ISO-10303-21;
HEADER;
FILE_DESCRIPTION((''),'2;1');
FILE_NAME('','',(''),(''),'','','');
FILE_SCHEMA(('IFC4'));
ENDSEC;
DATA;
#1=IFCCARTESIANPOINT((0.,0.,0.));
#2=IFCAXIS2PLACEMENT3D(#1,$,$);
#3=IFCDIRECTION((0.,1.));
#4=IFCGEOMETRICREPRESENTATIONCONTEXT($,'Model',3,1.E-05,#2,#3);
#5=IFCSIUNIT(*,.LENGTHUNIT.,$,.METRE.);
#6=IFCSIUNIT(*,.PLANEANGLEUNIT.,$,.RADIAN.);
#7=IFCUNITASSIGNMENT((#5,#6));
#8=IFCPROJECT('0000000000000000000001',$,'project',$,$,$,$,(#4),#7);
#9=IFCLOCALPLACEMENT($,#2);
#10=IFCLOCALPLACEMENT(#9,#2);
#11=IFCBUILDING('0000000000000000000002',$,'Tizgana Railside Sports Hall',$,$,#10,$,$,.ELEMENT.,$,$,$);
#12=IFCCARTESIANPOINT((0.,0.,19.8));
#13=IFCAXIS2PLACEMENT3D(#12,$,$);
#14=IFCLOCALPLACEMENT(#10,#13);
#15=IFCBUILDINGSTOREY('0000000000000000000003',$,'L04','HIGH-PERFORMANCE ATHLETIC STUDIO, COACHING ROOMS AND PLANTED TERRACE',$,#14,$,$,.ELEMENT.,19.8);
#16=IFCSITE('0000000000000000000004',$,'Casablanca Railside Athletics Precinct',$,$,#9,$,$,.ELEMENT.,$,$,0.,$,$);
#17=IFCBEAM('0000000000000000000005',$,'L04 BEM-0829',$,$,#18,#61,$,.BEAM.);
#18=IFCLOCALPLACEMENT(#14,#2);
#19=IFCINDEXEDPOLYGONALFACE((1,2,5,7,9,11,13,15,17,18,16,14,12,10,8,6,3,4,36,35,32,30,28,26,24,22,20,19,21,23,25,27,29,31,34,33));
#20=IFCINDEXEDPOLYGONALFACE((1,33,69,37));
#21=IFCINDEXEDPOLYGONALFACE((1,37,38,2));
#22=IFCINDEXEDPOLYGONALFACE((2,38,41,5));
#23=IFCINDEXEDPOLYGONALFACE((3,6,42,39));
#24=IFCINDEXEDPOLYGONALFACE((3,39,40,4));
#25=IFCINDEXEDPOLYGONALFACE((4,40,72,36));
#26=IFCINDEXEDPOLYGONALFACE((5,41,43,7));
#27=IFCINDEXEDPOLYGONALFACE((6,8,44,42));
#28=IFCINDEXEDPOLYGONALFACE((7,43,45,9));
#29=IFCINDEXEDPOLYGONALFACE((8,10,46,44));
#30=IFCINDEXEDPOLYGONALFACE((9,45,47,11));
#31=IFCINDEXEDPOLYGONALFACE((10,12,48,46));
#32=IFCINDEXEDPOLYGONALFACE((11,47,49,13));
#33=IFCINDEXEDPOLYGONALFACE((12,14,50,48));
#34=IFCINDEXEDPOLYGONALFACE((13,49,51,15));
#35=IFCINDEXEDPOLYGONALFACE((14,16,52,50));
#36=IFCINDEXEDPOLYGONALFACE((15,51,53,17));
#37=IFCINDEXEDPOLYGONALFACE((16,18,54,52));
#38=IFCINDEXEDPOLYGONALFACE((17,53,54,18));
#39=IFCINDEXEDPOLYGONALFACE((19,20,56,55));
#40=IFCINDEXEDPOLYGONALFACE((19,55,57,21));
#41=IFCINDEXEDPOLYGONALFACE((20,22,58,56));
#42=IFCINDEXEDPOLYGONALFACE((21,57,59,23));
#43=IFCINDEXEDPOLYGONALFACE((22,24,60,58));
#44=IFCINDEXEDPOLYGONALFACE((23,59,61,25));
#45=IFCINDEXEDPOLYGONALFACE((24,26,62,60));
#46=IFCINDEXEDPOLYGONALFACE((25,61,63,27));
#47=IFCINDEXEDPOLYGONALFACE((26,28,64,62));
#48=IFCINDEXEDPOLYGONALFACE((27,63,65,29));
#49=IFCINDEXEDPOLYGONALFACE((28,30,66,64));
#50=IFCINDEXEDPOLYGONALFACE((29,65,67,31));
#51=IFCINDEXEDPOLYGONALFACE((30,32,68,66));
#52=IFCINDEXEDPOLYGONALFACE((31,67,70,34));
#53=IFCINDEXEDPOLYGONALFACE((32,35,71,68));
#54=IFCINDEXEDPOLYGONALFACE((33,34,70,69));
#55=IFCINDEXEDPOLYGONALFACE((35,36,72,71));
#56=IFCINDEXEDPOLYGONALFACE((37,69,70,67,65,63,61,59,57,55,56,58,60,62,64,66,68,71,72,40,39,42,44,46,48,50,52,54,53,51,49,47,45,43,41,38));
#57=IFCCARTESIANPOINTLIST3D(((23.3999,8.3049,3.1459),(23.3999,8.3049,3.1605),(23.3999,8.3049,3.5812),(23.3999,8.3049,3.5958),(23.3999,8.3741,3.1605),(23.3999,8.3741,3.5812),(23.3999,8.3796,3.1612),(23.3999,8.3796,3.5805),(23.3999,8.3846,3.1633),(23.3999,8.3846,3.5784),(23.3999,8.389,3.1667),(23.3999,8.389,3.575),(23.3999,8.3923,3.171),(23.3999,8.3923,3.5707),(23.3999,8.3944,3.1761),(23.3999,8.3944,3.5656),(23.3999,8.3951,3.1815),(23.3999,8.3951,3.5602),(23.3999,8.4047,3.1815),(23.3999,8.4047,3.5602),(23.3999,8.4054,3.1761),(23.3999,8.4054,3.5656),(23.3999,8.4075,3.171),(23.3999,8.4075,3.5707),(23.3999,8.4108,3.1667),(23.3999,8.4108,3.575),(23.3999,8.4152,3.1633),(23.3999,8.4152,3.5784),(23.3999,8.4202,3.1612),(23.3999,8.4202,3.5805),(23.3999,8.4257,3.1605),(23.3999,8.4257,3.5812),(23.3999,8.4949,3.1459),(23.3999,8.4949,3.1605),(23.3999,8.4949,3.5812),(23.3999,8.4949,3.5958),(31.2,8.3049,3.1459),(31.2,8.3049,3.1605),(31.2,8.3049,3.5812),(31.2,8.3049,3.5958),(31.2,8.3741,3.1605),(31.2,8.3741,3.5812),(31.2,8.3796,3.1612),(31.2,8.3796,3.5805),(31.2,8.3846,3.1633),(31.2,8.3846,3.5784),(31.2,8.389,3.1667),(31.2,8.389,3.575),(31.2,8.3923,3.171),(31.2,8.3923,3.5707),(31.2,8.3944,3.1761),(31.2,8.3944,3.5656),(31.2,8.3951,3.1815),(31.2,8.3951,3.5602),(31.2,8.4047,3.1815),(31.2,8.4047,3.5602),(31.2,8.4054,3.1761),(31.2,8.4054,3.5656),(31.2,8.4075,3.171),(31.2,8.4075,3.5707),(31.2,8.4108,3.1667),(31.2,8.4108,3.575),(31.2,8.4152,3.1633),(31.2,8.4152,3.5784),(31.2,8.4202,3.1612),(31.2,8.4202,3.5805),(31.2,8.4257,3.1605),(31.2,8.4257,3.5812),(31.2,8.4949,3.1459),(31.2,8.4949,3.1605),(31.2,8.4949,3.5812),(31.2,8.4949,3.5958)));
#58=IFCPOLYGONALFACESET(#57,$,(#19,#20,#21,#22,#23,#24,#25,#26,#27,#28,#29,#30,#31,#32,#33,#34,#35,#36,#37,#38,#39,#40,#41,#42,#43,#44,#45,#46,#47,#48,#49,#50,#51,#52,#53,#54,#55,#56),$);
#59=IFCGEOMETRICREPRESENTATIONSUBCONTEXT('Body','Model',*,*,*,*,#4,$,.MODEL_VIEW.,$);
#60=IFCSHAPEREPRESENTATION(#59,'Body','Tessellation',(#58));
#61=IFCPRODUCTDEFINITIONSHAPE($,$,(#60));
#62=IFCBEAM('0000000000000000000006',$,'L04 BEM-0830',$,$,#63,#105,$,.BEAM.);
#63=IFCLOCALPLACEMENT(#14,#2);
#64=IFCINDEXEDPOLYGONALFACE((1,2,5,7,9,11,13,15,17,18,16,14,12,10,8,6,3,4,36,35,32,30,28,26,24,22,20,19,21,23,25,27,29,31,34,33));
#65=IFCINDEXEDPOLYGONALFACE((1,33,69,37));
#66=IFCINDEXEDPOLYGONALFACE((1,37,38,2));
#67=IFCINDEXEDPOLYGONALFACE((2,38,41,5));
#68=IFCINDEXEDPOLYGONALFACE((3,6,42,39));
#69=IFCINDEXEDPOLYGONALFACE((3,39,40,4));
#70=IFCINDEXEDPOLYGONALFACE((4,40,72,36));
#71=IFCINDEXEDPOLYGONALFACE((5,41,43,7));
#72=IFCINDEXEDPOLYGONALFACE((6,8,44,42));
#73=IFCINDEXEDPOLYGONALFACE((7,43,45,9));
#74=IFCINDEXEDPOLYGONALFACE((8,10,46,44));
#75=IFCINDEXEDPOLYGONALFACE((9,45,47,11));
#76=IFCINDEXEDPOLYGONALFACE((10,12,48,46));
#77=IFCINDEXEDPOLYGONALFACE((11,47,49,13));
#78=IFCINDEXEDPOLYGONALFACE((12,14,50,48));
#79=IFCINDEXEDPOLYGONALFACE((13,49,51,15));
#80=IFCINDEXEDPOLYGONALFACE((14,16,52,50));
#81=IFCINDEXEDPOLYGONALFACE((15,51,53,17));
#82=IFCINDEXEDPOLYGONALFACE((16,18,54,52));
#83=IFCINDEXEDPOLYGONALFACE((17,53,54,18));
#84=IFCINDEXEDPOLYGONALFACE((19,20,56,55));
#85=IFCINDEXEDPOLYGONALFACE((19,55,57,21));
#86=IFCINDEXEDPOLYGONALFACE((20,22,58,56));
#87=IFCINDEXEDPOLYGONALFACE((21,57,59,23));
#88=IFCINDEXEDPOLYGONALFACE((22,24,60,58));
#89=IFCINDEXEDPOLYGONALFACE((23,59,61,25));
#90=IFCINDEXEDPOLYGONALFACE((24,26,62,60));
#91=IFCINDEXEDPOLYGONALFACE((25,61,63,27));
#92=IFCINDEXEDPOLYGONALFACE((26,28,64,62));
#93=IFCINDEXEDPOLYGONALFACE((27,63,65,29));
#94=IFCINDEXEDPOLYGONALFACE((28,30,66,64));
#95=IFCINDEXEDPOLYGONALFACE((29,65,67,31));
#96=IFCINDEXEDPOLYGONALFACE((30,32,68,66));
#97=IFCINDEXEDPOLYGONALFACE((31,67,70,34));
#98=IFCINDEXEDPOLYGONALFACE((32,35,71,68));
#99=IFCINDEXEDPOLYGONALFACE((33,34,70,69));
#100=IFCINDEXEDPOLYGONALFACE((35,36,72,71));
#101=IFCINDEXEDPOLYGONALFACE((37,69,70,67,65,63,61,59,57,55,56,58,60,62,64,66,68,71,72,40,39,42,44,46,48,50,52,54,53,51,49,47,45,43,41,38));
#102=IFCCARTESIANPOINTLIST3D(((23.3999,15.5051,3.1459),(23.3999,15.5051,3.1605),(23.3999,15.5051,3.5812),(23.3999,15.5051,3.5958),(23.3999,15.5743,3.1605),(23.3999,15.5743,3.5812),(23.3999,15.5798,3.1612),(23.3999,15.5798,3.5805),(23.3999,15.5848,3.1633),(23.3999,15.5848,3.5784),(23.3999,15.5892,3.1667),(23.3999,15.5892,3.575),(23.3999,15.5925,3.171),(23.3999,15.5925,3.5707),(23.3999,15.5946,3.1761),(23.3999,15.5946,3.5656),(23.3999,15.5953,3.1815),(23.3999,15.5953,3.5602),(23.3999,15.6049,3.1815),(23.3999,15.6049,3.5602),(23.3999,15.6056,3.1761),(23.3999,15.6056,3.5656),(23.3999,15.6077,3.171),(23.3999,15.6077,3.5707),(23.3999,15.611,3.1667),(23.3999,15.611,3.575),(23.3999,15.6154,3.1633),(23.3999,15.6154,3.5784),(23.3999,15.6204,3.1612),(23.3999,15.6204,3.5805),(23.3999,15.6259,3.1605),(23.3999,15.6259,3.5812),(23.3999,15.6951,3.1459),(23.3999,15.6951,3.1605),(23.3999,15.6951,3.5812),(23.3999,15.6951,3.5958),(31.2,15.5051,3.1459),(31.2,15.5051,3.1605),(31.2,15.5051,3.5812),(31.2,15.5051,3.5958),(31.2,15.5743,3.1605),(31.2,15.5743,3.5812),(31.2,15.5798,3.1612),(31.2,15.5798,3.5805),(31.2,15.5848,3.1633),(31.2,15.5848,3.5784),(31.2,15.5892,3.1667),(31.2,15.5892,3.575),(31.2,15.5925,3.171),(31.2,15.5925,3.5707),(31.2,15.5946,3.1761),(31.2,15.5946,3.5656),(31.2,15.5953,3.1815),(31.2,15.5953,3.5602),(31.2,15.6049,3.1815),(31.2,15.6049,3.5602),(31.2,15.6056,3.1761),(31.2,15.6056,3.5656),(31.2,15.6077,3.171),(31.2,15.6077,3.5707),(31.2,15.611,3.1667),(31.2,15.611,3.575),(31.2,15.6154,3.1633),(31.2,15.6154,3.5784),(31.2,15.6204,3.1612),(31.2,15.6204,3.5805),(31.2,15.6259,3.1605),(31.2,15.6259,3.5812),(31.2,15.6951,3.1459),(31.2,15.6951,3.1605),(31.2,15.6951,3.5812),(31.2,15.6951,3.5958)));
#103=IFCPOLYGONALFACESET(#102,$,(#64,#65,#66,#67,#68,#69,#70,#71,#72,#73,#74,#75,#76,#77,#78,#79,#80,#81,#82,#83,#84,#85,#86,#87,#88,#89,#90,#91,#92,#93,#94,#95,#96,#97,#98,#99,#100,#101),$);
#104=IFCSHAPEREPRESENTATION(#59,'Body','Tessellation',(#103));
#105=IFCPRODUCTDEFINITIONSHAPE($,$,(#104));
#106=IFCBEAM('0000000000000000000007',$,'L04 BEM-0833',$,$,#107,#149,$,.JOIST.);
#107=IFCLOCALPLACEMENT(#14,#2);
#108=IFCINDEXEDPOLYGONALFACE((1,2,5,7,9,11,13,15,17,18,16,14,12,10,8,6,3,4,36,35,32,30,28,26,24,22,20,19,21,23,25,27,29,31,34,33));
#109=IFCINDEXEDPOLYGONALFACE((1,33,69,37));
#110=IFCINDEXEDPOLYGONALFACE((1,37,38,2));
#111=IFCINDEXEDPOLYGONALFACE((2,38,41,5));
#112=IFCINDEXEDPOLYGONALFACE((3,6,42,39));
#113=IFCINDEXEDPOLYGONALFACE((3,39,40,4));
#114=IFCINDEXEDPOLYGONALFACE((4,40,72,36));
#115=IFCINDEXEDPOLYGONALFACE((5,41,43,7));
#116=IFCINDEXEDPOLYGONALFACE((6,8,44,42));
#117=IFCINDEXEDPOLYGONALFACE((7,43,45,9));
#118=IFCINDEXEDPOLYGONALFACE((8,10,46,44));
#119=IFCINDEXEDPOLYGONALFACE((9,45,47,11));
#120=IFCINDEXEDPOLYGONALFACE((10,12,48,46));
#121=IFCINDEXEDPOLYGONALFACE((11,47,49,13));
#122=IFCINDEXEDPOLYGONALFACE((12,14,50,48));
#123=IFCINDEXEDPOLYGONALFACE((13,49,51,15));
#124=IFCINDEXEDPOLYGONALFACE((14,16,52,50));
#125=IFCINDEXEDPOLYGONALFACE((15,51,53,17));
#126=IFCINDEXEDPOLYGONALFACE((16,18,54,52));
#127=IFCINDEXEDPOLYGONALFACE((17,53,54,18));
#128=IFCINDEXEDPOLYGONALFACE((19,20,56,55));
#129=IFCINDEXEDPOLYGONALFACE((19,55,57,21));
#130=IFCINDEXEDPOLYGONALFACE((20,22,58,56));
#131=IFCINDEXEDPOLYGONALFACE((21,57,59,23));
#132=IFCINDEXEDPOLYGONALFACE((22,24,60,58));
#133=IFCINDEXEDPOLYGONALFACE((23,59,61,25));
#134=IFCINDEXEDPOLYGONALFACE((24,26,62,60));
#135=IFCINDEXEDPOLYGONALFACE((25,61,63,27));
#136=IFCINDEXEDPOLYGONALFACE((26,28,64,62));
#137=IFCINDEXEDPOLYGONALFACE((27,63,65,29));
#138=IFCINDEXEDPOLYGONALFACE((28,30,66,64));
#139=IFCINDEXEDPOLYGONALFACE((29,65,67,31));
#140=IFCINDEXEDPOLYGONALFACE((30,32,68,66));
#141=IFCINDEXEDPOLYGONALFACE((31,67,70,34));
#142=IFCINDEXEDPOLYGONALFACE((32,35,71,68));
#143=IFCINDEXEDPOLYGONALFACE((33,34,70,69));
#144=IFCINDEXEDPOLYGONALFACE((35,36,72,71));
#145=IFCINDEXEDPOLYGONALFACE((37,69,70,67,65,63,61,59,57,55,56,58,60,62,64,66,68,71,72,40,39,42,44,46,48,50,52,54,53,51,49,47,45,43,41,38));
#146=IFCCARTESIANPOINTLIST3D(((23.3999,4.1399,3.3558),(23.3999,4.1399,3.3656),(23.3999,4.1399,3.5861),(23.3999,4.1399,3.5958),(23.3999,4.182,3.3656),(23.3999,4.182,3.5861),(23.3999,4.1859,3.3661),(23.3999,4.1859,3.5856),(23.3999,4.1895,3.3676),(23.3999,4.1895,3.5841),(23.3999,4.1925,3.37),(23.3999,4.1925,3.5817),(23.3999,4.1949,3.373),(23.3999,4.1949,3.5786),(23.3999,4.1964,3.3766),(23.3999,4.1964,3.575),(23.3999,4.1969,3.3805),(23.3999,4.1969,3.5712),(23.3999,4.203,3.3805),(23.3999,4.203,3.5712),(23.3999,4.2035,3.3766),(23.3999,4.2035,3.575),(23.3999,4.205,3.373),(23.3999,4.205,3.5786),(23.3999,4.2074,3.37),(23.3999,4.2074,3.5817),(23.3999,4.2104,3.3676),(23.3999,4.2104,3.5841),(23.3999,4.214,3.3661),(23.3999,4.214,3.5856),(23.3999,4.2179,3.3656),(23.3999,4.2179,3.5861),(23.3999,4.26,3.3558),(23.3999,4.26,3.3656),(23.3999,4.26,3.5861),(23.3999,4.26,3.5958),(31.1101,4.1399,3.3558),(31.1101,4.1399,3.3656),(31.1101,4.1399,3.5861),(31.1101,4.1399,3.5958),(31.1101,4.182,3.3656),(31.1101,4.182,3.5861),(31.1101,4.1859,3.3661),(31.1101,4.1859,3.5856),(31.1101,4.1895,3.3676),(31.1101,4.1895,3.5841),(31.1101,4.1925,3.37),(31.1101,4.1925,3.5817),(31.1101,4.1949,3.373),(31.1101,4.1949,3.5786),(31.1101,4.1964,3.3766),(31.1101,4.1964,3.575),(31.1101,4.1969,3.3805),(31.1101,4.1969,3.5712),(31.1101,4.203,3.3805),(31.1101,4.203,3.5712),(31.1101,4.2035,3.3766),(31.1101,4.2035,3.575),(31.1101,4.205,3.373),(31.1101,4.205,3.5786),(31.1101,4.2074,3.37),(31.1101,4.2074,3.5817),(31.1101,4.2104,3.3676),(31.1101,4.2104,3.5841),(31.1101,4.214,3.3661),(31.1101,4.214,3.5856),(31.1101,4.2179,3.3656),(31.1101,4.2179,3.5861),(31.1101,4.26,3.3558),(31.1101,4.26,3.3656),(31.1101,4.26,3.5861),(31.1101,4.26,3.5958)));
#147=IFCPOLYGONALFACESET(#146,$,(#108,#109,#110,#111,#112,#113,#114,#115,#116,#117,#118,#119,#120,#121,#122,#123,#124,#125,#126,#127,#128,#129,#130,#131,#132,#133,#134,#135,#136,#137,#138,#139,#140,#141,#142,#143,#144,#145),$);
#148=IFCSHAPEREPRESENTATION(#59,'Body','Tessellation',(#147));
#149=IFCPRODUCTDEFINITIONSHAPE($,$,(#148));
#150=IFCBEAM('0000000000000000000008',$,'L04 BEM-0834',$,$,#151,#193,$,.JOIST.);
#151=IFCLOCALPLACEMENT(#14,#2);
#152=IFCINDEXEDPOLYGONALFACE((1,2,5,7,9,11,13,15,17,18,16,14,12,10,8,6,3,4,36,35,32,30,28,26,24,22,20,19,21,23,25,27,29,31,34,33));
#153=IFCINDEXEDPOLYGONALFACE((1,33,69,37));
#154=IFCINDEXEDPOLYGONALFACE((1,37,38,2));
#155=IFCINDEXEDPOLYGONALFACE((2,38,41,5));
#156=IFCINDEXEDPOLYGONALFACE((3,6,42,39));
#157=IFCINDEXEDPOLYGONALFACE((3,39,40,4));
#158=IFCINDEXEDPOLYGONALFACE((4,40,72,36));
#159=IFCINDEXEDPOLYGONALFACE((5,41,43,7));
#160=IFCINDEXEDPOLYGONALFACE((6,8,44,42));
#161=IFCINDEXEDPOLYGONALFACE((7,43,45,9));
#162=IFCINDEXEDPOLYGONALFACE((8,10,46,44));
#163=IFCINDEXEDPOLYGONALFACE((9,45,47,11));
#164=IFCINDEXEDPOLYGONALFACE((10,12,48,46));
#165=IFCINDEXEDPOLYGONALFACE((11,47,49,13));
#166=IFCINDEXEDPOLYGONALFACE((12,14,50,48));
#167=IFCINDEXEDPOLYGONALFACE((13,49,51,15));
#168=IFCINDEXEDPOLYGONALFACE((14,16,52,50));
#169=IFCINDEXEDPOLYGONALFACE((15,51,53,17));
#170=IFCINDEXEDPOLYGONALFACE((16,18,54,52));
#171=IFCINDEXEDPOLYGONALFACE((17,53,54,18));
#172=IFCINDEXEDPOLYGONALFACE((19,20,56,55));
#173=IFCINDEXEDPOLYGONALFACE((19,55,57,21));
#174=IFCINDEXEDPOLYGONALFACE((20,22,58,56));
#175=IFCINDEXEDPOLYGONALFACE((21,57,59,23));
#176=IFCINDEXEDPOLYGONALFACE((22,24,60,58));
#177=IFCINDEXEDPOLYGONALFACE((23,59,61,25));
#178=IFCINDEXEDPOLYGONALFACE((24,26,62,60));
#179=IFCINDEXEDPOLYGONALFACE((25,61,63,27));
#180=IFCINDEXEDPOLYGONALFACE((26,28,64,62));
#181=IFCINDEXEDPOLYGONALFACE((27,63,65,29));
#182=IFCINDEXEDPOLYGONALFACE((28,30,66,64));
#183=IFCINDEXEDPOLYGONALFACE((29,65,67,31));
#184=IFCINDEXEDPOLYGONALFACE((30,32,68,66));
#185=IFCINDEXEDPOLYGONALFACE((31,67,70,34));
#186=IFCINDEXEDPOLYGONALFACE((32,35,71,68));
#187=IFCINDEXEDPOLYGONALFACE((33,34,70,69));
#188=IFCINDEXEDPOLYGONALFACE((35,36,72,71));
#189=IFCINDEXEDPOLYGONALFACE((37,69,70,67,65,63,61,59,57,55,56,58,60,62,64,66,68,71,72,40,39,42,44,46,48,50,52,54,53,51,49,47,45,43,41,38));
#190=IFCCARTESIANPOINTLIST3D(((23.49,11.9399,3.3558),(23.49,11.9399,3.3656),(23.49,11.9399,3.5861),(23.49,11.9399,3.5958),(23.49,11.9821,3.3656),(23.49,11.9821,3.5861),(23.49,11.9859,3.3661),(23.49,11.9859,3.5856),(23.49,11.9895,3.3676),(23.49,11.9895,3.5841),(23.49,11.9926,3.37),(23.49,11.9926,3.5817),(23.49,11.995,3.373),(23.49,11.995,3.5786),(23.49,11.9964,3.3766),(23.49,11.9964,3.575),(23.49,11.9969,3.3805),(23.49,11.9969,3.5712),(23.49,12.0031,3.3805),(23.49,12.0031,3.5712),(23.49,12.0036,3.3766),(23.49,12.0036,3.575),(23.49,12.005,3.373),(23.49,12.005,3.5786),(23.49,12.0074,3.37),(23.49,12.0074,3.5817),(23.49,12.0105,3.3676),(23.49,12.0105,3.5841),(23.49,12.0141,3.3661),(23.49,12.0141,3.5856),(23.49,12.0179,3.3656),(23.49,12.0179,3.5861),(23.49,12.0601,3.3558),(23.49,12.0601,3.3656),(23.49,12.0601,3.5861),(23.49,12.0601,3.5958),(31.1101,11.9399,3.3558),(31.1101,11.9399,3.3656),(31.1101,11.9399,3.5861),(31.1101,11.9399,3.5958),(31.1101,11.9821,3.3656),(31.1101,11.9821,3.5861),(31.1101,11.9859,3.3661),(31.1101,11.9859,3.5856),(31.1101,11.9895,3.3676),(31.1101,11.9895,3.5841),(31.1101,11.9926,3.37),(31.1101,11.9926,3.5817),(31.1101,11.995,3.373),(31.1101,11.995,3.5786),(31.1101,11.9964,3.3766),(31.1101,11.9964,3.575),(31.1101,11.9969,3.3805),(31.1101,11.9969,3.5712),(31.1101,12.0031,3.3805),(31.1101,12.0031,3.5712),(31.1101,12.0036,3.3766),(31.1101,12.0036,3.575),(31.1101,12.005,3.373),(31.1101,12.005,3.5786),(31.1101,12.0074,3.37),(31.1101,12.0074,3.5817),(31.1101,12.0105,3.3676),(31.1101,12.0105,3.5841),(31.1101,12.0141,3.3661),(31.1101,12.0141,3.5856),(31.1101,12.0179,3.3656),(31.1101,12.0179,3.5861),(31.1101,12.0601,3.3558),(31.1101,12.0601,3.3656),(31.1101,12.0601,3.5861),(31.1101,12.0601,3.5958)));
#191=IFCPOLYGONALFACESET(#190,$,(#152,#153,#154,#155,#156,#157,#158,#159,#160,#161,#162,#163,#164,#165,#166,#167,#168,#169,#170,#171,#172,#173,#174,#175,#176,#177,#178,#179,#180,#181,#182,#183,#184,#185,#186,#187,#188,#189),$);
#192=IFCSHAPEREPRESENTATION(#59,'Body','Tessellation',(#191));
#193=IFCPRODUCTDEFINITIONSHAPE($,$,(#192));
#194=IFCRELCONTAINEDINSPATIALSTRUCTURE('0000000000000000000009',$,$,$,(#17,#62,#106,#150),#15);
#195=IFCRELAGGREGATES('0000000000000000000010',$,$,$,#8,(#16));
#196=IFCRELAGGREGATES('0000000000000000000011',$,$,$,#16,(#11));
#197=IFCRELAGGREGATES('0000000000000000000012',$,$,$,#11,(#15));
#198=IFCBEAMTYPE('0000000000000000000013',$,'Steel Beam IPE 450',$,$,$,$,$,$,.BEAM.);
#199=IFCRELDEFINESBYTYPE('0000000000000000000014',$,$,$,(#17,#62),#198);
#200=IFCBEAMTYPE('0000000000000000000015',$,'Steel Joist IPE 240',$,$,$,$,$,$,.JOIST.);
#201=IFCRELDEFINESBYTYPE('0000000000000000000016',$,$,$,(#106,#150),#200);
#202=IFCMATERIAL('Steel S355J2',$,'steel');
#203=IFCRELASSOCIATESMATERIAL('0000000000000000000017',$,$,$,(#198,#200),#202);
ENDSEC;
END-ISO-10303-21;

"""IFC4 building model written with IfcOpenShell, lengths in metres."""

from ifc_helpers import new_model, si_unit, direction, frame, origin, origin_2d, place, context, subcontext, project, spatial, i_section, extrude, material, material_profile, profile_set, type_object, element, save


model = new_model("IFC4")

# Units and contexts
model_context = context("Model", 3, precision=1e-05, world=origin(), true_north=direction((0.0, 1.0)))
body_context = subcontext(model_context, "Body", "Model", "MODEL_VIEW")
ifc_project = project(units=[si_unit("LENGTHUNIT", "METRE"), si_unit("PLANEANGLEUNIT", "RADIAN")], contexts=[model_context])

# Site, building, storey
site_placement = place(None, origin())
site = spatial("IfcSite", under=ifc_project, at=site_placement, Name="Casablanca Railside Athletics Precinct", CompositionType="ELEMENT", RefElevation=0.0)
building_placement = place(site_placement, origin())
building = spatial("IfcBuilding", under=site, at=building_placement, Name="Tizgana Railside Sports Hall", CompositionType="ELEMENT")
storey_placement = place(building_placement, frame((0.0, 0.0, 19.8)))
storey = spatial("IfcBuildingStorey", under=building, at=storey_placement, Name="L04", Description="HIGH-PERFORMANCE ATHLETIC STUDIO, COACHING ROOMS AND PLANTED TERRACE", CompositionType="ELEMENT", Elevation=19.8)

# Beams
ifc_material_1 = material(Name="Steel S355J2", Category="steel")
ifc_material_profile_1 = material_profile(ifc_material_1, i_section(OverallWidth=0.1899, OverallDepth=0.45, WebThickness=0.0095, FlangeThickness=0.0146, FilletRadius=0.021, at=origin_2d()), Name="IPE 450")
ifc_profile_set_1 = profile_set([ifc_material_profile_1], Name="Steel S355J2")
beam_type_1 = type_object("IfcBeamType", Name="Steel Beam IPE 450", PredefinedType="BEAM", material=ifc_profile_set_1)
for number, where, z_axis, x_axis, name in (
    (1, (23.3999, 8.3999, 3.3708), (1.0, 0.0, 0.0), (0.0, 1.0, 0.0), "L04 BEM-0829"),
    (2, (23.3999, 15.6001, 3.3708), (1.0, 0.0, 0.0), (0.0, 1.0, 0.0), "L04 BEM-0830"),
):
    element("IfcBeam", number, at=place(storey_placement, frame(where, z_axis=z_axis, x_axis=x_axis)), inside=storey, type_object=beam_type_1, Name=name, PredefinedType="BEAM", context=body_context, shape_type="SweptSolid", body=[
        extrude(i_section(OverallWidth=0.1899, OverallDepth=0.45, WebThickness=0.0095, FlangeThickness=0.0146, FilletRadius=0.021, at=origin_2d()), origin(), (0.0, 0.0, 1.0), 7.8),
    ])
ifc_material_profile_2 = material_profile(ifc_material_1, i_section(OverallWidth=0.1201, OverallDepth=0.24, WebThickness=0.0061, FlangeThickness=0.0098, FilletRadius=0.0149, at=origin_2d()), Name="IPE 240")
ifc_profile_set_2 = profile_set([ifc_material_profile_2], Name="Steel S355J2")
beam_type_2 = type_object("IfcBeamType", Name="Steel Joist IPE 240", PredefinedType="JOIST", material=ifc_profile_set_2)
beam_1_placement = place(storey_placement, frame((23.3999, 4.2, 3.4758), z_axis=(1.0, 0.0, 0.0), x_axis=(0.0, 1.0, 0.0)))
element("IfcBeam", 3, at=beam_1_placement, inside=storey, type_object=beam_type_2, Name="L04 BEM-0833", PredefinedType="JOIST", context=body_context, shape_type="SweptSolid", body=[
    extrude(i_section(OverallWidth=0.1201, OverallDepth=0.24, WebThickness=0.0061, FlangeThickness=0.0098, FilletRadius=0.0149, at=origin_2d()), origin(), (0.0, 0.0, 1.0), 7.7102),
])
beam_2_placement = place(storey_placement, frame((23.49, 12.0, 3.4758), z_axis=(1.0, 0.0, 0.0), x_axis=(0.0, 1.0, 0.0)))
element("IfcBeam", 4, at=beam_2_placement, inside=storey, type_object=beam_type_2, Name="L04 BEM-0834", PredefinedType="JOIST", context=body_context, shape_type="SweptSolid", body=[
    extrude(i_section(OverallWidth=0.1201, OverallDepth=0.24, WebThickness=0.0061, FlangeThickness=0.0098, FilletRadius=0.0149, at=origin_2d()), origin(), (0.0, 0.0, 1.0), 7.6201),
])

save(model, "model.ifc")
